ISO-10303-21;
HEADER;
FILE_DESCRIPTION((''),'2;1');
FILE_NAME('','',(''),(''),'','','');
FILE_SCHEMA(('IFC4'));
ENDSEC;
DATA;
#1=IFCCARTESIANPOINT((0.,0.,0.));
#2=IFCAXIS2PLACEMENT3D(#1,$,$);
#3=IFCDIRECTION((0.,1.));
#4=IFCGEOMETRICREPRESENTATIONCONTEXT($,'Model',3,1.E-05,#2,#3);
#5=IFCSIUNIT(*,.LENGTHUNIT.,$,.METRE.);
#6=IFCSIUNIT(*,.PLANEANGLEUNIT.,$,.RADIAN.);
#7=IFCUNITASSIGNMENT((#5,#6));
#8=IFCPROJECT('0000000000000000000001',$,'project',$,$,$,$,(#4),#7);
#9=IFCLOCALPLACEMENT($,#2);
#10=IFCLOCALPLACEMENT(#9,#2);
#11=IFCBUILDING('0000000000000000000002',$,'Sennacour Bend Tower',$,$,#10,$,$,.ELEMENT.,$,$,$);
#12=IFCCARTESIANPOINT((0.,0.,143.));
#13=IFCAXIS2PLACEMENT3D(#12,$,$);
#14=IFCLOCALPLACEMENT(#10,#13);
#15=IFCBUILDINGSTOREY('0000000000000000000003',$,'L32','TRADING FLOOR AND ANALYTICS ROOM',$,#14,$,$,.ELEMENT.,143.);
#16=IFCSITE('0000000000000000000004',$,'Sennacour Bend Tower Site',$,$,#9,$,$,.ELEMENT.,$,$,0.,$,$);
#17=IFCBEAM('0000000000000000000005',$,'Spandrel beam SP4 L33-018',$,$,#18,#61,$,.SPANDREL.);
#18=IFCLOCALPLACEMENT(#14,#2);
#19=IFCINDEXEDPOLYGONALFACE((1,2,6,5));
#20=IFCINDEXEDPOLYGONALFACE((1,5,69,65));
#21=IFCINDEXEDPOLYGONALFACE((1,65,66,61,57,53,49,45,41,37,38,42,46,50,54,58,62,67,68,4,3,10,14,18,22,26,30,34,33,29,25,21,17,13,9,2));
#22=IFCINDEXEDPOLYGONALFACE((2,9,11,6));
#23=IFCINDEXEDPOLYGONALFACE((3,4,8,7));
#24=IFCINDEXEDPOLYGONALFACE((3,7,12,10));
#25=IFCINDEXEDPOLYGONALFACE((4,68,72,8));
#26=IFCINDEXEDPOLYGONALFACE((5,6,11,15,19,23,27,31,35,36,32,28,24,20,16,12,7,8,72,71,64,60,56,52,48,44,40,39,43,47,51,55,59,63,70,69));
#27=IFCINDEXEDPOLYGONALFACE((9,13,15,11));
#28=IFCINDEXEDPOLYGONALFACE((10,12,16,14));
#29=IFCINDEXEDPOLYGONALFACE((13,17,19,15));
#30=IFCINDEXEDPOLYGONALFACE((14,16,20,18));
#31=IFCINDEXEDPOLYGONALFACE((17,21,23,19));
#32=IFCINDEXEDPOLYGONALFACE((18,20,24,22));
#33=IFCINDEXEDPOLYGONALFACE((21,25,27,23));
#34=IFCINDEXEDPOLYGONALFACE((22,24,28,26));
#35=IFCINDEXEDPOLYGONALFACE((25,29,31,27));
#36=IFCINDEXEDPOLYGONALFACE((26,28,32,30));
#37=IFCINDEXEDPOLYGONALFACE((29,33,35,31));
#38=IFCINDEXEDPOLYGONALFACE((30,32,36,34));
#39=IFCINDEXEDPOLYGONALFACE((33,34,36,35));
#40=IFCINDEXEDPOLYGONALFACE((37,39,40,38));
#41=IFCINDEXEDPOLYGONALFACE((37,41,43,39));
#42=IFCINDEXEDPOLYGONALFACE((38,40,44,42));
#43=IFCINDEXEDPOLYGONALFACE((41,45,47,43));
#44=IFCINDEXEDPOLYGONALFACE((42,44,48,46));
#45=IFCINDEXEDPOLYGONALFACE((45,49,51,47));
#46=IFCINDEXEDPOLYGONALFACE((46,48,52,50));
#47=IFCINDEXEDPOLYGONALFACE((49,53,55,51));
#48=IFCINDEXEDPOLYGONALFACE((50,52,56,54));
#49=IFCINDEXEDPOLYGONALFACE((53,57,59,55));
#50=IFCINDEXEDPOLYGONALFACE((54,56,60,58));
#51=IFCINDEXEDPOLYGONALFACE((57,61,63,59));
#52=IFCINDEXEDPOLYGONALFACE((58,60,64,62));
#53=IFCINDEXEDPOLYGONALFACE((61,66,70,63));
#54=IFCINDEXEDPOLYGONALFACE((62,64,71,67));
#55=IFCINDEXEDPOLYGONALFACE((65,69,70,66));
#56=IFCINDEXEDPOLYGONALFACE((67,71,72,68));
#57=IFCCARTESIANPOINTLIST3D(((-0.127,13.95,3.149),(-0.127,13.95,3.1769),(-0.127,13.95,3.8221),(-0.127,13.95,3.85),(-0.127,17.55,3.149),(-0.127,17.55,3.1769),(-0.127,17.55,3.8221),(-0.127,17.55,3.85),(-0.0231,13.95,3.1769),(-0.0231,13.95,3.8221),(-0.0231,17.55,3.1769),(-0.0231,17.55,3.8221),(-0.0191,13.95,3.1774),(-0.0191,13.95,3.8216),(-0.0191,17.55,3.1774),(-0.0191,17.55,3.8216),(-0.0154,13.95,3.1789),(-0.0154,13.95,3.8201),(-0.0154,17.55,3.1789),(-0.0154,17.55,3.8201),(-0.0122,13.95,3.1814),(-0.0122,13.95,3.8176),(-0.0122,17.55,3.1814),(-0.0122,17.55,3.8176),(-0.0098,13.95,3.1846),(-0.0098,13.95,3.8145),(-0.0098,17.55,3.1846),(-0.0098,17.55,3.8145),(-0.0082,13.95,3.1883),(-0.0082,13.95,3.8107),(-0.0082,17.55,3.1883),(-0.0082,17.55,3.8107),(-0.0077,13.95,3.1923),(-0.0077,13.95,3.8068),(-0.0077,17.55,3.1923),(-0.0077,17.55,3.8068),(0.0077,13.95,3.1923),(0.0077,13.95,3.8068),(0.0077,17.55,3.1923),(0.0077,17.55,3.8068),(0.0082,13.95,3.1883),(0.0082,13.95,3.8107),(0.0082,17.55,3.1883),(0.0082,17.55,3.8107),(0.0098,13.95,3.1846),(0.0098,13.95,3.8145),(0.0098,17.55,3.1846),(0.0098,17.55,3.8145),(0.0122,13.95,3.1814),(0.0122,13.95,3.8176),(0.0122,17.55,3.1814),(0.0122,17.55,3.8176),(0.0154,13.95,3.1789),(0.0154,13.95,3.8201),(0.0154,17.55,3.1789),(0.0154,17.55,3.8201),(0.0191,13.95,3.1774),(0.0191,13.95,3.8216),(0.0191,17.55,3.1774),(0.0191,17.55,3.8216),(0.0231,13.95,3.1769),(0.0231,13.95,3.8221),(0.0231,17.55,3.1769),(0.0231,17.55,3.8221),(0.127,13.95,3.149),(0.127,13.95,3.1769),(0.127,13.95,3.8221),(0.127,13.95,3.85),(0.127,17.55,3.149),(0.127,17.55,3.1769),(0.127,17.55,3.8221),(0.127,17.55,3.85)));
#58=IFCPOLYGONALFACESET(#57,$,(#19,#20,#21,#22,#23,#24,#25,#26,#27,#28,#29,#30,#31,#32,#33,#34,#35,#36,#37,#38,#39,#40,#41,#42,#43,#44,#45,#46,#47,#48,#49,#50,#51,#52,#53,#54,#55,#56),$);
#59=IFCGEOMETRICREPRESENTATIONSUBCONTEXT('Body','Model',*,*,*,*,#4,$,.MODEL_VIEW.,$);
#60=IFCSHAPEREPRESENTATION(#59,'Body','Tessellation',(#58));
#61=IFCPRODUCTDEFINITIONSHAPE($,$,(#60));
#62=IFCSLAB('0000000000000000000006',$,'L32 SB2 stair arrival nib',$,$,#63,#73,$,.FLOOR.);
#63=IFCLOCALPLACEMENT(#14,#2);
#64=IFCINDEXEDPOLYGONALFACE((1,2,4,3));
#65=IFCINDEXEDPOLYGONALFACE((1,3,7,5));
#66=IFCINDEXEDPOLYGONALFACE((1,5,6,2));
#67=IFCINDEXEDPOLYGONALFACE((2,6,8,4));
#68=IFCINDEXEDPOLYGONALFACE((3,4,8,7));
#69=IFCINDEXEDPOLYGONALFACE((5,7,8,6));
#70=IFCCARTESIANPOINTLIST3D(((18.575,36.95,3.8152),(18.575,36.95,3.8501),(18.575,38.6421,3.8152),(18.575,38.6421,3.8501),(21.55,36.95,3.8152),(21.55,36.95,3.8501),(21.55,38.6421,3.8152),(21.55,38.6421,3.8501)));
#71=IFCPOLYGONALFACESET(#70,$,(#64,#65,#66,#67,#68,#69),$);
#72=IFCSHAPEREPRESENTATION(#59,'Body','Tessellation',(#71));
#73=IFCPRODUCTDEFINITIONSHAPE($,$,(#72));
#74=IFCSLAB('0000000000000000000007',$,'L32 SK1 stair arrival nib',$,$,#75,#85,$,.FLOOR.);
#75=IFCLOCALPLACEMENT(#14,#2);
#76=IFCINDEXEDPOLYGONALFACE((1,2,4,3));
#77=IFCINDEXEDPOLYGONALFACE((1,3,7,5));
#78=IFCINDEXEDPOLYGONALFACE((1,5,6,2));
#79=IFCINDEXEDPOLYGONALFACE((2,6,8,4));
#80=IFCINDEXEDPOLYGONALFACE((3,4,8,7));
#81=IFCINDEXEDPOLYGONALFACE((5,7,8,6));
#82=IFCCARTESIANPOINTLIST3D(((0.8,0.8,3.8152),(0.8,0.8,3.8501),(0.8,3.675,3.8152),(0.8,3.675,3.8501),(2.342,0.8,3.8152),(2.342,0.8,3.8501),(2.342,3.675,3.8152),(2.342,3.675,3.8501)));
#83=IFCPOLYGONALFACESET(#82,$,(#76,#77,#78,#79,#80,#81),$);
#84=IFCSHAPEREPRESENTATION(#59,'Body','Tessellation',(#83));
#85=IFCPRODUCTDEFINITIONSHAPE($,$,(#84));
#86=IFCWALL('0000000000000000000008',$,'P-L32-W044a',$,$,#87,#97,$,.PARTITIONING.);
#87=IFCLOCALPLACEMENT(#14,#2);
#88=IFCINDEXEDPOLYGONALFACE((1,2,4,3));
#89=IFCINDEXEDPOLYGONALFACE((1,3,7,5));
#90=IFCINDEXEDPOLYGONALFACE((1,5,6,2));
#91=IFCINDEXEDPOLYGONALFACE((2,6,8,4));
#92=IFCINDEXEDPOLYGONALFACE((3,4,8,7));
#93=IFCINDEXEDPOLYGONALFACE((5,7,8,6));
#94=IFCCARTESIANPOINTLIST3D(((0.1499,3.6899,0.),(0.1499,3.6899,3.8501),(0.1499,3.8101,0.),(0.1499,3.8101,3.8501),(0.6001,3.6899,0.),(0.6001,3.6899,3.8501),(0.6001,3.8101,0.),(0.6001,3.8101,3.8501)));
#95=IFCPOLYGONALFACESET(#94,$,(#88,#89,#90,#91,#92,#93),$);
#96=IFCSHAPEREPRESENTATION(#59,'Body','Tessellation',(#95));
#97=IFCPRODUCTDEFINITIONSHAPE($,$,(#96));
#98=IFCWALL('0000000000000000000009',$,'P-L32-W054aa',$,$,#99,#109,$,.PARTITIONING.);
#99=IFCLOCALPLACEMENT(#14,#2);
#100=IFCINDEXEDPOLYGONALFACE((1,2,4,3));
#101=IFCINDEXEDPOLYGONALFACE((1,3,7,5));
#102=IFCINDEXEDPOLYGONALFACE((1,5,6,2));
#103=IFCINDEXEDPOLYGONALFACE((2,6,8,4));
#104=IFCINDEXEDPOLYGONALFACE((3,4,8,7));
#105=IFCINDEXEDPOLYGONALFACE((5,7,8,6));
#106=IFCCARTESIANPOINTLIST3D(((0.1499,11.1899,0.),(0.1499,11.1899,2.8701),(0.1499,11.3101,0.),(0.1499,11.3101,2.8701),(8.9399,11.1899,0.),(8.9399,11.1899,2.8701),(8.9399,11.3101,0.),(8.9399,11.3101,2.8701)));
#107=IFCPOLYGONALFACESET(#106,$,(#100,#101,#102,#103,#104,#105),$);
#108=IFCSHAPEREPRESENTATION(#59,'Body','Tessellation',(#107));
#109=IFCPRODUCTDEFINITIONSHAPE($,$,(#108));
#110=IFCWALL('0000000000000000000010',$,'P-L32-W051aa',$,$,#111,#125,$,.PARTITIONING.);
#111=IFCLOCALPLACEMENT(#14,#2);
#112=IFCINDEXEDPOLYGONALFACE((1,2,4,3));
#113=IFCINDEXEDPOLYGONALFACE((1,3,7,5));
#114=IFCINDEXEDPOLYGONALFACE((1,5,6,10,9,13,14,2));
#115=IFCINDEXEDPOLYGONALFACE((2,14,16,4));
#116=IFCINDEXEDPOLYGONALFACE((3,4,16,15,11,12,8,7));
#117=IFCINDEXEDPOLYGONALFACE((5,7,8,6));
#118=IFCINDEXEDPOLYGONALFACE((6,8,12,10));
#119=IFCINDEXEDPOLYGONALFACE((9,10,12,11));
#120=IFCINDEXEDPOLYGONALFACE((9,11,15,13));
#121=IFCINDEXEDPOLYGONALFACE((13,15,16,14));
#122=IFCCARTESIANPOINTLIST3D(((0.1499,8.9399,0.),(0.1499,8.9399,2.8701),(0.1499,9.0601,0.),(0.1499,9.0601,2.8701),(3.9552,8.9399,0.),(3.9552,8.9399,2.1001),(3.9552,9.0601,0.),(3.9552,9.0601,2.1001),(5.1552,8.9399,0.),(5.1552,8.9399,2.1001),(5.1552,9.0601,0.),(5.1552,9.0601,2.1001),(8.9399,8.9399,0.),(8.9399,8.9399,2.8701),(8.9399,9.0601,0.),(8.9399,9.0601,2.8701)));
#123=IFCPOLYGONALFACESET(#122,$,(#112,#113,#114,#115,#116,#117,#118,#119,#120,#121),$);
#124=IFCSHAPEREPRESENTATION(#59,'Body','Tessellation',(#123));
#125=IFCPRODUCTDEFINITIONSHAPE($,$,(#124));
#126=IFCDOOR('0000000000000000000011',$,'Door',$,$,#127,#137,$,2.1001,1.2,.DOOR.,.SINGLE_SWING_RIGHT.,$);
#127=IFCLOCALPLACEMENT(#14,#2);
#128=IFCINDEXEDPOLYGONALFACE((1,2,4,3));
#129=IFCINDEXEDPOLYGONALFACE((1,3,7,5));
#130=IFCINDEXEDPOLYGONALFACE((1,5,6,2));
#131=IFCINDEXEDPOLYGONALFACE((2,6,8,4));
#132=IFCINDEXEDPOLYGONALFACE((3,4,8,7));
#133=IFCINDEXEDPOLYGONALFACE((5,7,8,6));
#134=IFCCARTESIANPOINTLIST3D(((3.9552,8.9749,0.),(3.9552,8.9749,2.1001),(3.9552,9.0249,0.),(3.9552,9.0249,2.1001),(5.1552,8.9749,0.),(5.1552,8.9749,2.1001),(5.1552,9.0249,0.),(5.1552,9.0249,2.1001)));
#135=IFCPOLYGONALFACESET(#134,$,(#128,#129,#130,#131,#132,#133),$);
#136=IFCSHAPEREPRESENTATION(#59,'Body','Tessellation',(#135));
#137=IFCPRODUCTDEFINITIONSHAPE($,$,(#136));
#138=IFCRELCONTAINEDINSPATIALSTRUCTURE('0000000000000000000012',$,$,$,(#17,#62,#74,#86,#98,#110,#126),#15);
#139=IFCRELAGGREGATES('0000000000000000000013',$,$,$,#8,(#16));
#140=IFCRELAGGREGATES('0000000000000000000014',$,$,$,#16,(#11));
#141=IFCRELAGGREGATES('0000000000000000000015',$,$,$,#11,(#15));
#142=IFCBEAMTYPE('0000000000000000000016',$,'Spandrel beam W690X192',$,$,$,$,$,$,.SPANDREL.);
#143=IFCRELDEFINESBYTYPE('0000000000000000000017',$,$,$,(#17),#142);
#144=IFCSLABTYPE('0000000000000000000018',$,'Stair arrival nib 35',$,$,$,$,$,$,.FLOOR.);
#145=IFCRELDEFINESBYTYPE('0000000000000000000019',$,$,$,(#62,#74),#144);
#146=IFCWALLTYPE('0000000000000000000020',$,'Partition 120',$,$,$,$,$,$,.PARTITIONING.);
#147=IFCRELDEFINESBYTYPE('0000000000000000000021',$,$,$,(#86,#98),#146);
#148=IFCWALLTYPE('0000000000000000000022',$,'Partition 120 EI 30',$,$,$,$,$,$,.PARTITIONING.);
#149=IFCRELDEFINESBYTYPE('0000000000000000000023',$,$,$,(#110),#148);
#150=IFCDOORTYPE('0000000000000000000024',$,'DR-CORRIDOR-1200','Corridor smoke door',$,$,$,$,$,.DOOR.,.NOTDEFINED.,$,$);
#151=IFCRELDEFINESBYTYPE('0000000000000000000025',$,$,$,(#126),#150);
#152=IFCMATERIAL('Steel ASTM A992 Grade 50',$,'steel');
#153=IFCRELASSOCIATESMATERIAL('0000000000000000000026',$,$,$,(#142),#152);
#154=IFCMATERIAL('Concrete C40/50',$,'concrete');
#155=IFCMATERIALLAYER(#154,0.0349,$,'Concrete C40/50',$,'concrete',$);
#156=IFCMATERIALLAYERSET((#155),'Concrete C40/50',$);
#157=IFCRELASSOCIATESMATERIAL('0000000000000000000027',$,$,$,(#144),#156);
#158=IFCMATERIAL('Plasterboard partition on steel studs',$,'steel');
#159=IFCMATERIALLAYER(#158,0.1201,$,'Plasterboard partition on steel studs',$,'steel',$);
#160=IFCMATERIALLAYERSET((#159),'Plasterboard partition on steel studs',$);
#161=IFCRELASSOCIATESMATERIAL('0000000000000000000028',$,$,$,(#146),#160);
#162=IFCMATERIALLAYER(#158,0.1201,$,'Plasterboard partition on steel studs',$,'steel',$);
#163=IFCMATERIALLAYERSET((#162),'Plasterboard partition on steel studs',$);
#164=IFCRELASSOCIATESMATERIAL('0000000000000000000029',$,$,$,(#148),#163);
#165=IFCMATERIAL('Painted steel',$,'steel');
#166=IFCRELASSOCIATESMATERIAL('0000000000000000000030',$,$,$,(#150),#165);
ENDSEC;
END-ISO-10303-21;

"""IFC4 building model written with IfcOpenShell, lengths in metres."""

from ifc_helpers import new_model, si_unit, direction, frame, frame_2d, origin, origin_2d, place, context, subcontext, project, spatial, polyline, rectangle, i_section, outline, extrude, material, layer, layer_set, material_profile, profile_set, type_object, element, fill, save


model = new_model("IFC4")

# Units and contexts
model_context = context("Model", 3, precision=1e-05, world=origin(), true_north=direction((0.0, 1.0)))
body_context = subcontext(model_context, "Body", "Model", "MODEL_VIEW")
ifc_project = project(units=[si_unit("LENGTHUNIT", "METRE"), si_unit("PLANEANGLEUNIT", "RADIAN")], contexts=[model_context])

# Site, building, storey
site_placement = place(None, origin())
site = spatial("IfcSite", under=ifc_project, at=site_placement, Name="Sennacour Bend Tower Site", CompositionType="ELEMENT", RefElevation=0.0)
building_placement = place(site_placement, origin())
building = spatial("IfcBuilding", under=site, at=building_placement, Name="Sennacour Bend Tower", CompositionType="ELEMENT")
storey_placement = place(building_placement, frame((0.0, 0.0, 143.0)))
storey = spatial("IfcBuildingStorey", under=building, at=storey_placement, Name="L32", Description="TRADING FLOOR AND ANALYTICS ROOM", CompositionType="ELEMENT", Elevation=143.0)

# Beam
ifc_material_1 = material(Name="Steel ASTM A992 Grade 50", Category="steel")
ifc_material_profile_1 = material_profile(ifc_material_1, i_section(OverallWidth=0.2539, OverallDepth=0.7009, WebThickness=0.0154, FlangeThickness=0.0278, FilletRadius=0.0154, at=origin_2d()), Name="Steel ASTM A992 Grade 50", Category="steel")
ifc_profile_set_1 = profile_set([ifc_material_profile_1], Name="Steel ASTM A992 Grade 50")
beam_type = type_object("IfcBeamType", Name="Spandrel beam W690X192", PredefinedType="SPANDREL", material=ifc_profile_set_1)
for number, where, z_axis, x_axis, name in (
    (1, (0.0, 13.95, 3.4995), (0.0, 1.0, 0.0), (-1.0, 0.0, 0.0), "Spandrel beam SP4 L33-018"),
):
    element("IfcBeam", number, at=place(storey_placement, frame(where, z_axis=z_axis, x_axis=x_axis)), inside=storey, type_object=beam_type, Name=name, PredefinedType="SPANDREL", context=body_context, shape_type="SweptSolid", body=[
        extrude(i_section(OverallWidth=0.2539, OverallDepth=0.7009, WebThickness=0.0154, FlangeThickness=0.0278, FilletRadius=0.0154, at=origin_2d()), origin(), (0.0, 0.0, 1.0), 3.6001),
    ])

# Slabs
ifc_material_2 = material(Name="Concrete C40/50", Category="concrete")
ifc_layer_1 = layer(ifc_material_2, 0.0349, Name="Concrete C40/50", Category="concrete")
ifc_layer_set_1 = layer_set([ifc_layer_1], Name="Concrete C40/50")
slab_type = type_object("IfcSlabType", Name="Stair arrival nib 35", PredefinedType="FLOOR", material=ifc_layer_set_1)
slab_1_placement = place(storey_placement, frame((0.0, 0.0, 3.8152)))
element("IfcSlab", 2, at=slab_1_placement, inside=storey, type_object=slab_type, Name="L32 SB2 stair arrival nib", PredefinedType="FLOOR", context=body_context, shape_type="SweptSolid", body=[
    extrude(outline(polyline([(18.575, 38.6421), (18.575, 36.95), (21.55, 36.95), (21.55, 38.6421), (18.575, 38.6421)])), origin(), (0.0, 0.0, 1.0), 0.0349),
])
slab_2_placement = place(storey_placement, frame((0.0, 0.0, 3.8152)))
element("IfcSlab", 3, at=slab_2_placement, inside=storey, type_object=slab_type, Name="L32 SK1 stair arrival nib", PredefinedType="FLOOR", context=body_context, shape_type="SweptSolid", body=[
    extrude(outline(polyline([(2.342, 3.675), (0.8, 3.675), (0.8, 0.8), (2.342, 0.8), (2.342, 3.675)])), origin(), (0.0, 0.0, 1.0), 0.0349),
])

# Walls
ifc_material_3 = material(Name="Plasterboard partition on steel studs", Category="steel")
ifc_layer_2 = layer(ifc_material_3, 0.1201, Name="Plasterboard partition on steel studs", Category="steel")
ifc_layer_set_2 = layer_set([ifc_layer_2], Name="Plasterboard partition on steel studs")
wall_type_1 = type_object("IfcWallType", Name="Partition 120", PredefinedType="PARTITIONING", material=ifc_layer_set_2)
wall_1_placement = place(storey_placement, frame((0.1499, 3.75, 0.0), z_axis=(0.0, 0.0, 1.0), x_axis=(1.0, 0.0, 0.0)))
element("IfcWall", 4, at=wall_1_placement, inside=storey, type_object=wall_type_1, Name="P-L32-W044a", PredefinedType="PARTITIONING", context=body_context, shape_type="SweptSolid", body=[
    extrude(rectangle(XDim=0.4502, YDim=0.1201, at=frame_2d((0.2251, 0.0))), origin(), (0.0, 0.0, 1.0), 3.8501),
])
wall_2_placement = place(storey_placement, frame((0.1499, 11.25, 0.0), z_axis=(0.0, 0.0, 1.0), x_axis=(1.0, 0.0, 0.0)))
element("IfcWall", 5, at=wall_2_placement, inside=storey, type_object=wall_type_1, Name="P-L32-W054aa", PredefinedType="PARTITIONING", context=body_context, shape_type="SweptSolid", body=[
    extrude(rectangle(XDim=8.79, YDim=0.1201, at=frame_2d((4.395, 0.0))), origin(), (0.0, 0.0, 1.0), 2.8701),
])

# Wall, opening, door
ifc_layer_3 = layer(ifc_material_3, 0.1201, Name="Plasterboard partition on steel studs", Category="steel")
ifc_layer_set_3 = layer_set([ifc_layer_3], Name="Plasterboard partition on steel studs")
wall_type_2 = type_object("IfcWallType", Name="Partition 120 EI 30", PredefinedType="PARTITIONING", material=ifc_layer_set_3)
wall_3_placement = place(storey_placement, frame((0.1499, 9.0, 0.0), z_axis=(0.0, 0.0, 1.0), x_axis=(1.0, 0.0, 0.0)))
wall_3 = element("IfcWall", 6, at=wall_3_placement, inside=storey, type_object=wall_type_2, Name="P-L32-W051aa", PredefinedType="PARTITIONING", context=body_context, shape_type="SweptSolid", body=[
    extrude(rectangle(XDim=8.79, YDim=0.1201, at=frame_2d((4.395, 0.0))), origin(), (0.0, 0.0, 1.0), 2.8701),
])
opening_1_placement = place(wall_3_placement, frame((3.8052, 0.0, 0.0)))
opening_1 = element("IfcOpeningElement", 7, at=opening_1_placement, cuts=wall_3, PredefinedType="OPENING", context=body_context, shape_type="SweptSolid", body=[
    extrude(rectangle(XDim=1.2, YDim=2.1001, at=frame_2d((0.6001, 1.05))), frame((0.0, 0.0701, 0.0), z_axis=(0.0, -1.0, 0.0), x_axis=(1.0, 0.0, 0.0)), (0.0, 0.0, 1.0), 0.1401),
])
ifc_material_4 = material(Name="Painted steel", Category="steel")
door_type = type_object("IfcDoorType", Name="DR-CORRIDOR-1200", Description="Corridor smoke door", OperationType="NOTDEFINED", PredefinedType="DOOR", material=ifc_material_4)
door_placement = place(opening_1_placement, origin())
door = element("IfcDoor", 8, at=door_placement, inside=storey, type_object=door_type, Name="Door", OperationType="SINGLE_SWING_RIGHT", OverallHeight=2.1001, OverallWidth=1.2, PredefinedType="DOOR", context=body_context, shape_type="SweptSolid", body=[
    extrude(rectangle(XDim=1.2, YDim=2.1001, at=frame_2d((0.6001, 1.05))), frame((0.0, 0.0249, 0.0), z_axis=(0.0, -1.0, 0.0), x_axis=(1.0, 0.0, 0.0)), (0.0, 0.0, 1.0), 0.05),
])
fill(opening_1, door)

save(model, "model.ifc")
